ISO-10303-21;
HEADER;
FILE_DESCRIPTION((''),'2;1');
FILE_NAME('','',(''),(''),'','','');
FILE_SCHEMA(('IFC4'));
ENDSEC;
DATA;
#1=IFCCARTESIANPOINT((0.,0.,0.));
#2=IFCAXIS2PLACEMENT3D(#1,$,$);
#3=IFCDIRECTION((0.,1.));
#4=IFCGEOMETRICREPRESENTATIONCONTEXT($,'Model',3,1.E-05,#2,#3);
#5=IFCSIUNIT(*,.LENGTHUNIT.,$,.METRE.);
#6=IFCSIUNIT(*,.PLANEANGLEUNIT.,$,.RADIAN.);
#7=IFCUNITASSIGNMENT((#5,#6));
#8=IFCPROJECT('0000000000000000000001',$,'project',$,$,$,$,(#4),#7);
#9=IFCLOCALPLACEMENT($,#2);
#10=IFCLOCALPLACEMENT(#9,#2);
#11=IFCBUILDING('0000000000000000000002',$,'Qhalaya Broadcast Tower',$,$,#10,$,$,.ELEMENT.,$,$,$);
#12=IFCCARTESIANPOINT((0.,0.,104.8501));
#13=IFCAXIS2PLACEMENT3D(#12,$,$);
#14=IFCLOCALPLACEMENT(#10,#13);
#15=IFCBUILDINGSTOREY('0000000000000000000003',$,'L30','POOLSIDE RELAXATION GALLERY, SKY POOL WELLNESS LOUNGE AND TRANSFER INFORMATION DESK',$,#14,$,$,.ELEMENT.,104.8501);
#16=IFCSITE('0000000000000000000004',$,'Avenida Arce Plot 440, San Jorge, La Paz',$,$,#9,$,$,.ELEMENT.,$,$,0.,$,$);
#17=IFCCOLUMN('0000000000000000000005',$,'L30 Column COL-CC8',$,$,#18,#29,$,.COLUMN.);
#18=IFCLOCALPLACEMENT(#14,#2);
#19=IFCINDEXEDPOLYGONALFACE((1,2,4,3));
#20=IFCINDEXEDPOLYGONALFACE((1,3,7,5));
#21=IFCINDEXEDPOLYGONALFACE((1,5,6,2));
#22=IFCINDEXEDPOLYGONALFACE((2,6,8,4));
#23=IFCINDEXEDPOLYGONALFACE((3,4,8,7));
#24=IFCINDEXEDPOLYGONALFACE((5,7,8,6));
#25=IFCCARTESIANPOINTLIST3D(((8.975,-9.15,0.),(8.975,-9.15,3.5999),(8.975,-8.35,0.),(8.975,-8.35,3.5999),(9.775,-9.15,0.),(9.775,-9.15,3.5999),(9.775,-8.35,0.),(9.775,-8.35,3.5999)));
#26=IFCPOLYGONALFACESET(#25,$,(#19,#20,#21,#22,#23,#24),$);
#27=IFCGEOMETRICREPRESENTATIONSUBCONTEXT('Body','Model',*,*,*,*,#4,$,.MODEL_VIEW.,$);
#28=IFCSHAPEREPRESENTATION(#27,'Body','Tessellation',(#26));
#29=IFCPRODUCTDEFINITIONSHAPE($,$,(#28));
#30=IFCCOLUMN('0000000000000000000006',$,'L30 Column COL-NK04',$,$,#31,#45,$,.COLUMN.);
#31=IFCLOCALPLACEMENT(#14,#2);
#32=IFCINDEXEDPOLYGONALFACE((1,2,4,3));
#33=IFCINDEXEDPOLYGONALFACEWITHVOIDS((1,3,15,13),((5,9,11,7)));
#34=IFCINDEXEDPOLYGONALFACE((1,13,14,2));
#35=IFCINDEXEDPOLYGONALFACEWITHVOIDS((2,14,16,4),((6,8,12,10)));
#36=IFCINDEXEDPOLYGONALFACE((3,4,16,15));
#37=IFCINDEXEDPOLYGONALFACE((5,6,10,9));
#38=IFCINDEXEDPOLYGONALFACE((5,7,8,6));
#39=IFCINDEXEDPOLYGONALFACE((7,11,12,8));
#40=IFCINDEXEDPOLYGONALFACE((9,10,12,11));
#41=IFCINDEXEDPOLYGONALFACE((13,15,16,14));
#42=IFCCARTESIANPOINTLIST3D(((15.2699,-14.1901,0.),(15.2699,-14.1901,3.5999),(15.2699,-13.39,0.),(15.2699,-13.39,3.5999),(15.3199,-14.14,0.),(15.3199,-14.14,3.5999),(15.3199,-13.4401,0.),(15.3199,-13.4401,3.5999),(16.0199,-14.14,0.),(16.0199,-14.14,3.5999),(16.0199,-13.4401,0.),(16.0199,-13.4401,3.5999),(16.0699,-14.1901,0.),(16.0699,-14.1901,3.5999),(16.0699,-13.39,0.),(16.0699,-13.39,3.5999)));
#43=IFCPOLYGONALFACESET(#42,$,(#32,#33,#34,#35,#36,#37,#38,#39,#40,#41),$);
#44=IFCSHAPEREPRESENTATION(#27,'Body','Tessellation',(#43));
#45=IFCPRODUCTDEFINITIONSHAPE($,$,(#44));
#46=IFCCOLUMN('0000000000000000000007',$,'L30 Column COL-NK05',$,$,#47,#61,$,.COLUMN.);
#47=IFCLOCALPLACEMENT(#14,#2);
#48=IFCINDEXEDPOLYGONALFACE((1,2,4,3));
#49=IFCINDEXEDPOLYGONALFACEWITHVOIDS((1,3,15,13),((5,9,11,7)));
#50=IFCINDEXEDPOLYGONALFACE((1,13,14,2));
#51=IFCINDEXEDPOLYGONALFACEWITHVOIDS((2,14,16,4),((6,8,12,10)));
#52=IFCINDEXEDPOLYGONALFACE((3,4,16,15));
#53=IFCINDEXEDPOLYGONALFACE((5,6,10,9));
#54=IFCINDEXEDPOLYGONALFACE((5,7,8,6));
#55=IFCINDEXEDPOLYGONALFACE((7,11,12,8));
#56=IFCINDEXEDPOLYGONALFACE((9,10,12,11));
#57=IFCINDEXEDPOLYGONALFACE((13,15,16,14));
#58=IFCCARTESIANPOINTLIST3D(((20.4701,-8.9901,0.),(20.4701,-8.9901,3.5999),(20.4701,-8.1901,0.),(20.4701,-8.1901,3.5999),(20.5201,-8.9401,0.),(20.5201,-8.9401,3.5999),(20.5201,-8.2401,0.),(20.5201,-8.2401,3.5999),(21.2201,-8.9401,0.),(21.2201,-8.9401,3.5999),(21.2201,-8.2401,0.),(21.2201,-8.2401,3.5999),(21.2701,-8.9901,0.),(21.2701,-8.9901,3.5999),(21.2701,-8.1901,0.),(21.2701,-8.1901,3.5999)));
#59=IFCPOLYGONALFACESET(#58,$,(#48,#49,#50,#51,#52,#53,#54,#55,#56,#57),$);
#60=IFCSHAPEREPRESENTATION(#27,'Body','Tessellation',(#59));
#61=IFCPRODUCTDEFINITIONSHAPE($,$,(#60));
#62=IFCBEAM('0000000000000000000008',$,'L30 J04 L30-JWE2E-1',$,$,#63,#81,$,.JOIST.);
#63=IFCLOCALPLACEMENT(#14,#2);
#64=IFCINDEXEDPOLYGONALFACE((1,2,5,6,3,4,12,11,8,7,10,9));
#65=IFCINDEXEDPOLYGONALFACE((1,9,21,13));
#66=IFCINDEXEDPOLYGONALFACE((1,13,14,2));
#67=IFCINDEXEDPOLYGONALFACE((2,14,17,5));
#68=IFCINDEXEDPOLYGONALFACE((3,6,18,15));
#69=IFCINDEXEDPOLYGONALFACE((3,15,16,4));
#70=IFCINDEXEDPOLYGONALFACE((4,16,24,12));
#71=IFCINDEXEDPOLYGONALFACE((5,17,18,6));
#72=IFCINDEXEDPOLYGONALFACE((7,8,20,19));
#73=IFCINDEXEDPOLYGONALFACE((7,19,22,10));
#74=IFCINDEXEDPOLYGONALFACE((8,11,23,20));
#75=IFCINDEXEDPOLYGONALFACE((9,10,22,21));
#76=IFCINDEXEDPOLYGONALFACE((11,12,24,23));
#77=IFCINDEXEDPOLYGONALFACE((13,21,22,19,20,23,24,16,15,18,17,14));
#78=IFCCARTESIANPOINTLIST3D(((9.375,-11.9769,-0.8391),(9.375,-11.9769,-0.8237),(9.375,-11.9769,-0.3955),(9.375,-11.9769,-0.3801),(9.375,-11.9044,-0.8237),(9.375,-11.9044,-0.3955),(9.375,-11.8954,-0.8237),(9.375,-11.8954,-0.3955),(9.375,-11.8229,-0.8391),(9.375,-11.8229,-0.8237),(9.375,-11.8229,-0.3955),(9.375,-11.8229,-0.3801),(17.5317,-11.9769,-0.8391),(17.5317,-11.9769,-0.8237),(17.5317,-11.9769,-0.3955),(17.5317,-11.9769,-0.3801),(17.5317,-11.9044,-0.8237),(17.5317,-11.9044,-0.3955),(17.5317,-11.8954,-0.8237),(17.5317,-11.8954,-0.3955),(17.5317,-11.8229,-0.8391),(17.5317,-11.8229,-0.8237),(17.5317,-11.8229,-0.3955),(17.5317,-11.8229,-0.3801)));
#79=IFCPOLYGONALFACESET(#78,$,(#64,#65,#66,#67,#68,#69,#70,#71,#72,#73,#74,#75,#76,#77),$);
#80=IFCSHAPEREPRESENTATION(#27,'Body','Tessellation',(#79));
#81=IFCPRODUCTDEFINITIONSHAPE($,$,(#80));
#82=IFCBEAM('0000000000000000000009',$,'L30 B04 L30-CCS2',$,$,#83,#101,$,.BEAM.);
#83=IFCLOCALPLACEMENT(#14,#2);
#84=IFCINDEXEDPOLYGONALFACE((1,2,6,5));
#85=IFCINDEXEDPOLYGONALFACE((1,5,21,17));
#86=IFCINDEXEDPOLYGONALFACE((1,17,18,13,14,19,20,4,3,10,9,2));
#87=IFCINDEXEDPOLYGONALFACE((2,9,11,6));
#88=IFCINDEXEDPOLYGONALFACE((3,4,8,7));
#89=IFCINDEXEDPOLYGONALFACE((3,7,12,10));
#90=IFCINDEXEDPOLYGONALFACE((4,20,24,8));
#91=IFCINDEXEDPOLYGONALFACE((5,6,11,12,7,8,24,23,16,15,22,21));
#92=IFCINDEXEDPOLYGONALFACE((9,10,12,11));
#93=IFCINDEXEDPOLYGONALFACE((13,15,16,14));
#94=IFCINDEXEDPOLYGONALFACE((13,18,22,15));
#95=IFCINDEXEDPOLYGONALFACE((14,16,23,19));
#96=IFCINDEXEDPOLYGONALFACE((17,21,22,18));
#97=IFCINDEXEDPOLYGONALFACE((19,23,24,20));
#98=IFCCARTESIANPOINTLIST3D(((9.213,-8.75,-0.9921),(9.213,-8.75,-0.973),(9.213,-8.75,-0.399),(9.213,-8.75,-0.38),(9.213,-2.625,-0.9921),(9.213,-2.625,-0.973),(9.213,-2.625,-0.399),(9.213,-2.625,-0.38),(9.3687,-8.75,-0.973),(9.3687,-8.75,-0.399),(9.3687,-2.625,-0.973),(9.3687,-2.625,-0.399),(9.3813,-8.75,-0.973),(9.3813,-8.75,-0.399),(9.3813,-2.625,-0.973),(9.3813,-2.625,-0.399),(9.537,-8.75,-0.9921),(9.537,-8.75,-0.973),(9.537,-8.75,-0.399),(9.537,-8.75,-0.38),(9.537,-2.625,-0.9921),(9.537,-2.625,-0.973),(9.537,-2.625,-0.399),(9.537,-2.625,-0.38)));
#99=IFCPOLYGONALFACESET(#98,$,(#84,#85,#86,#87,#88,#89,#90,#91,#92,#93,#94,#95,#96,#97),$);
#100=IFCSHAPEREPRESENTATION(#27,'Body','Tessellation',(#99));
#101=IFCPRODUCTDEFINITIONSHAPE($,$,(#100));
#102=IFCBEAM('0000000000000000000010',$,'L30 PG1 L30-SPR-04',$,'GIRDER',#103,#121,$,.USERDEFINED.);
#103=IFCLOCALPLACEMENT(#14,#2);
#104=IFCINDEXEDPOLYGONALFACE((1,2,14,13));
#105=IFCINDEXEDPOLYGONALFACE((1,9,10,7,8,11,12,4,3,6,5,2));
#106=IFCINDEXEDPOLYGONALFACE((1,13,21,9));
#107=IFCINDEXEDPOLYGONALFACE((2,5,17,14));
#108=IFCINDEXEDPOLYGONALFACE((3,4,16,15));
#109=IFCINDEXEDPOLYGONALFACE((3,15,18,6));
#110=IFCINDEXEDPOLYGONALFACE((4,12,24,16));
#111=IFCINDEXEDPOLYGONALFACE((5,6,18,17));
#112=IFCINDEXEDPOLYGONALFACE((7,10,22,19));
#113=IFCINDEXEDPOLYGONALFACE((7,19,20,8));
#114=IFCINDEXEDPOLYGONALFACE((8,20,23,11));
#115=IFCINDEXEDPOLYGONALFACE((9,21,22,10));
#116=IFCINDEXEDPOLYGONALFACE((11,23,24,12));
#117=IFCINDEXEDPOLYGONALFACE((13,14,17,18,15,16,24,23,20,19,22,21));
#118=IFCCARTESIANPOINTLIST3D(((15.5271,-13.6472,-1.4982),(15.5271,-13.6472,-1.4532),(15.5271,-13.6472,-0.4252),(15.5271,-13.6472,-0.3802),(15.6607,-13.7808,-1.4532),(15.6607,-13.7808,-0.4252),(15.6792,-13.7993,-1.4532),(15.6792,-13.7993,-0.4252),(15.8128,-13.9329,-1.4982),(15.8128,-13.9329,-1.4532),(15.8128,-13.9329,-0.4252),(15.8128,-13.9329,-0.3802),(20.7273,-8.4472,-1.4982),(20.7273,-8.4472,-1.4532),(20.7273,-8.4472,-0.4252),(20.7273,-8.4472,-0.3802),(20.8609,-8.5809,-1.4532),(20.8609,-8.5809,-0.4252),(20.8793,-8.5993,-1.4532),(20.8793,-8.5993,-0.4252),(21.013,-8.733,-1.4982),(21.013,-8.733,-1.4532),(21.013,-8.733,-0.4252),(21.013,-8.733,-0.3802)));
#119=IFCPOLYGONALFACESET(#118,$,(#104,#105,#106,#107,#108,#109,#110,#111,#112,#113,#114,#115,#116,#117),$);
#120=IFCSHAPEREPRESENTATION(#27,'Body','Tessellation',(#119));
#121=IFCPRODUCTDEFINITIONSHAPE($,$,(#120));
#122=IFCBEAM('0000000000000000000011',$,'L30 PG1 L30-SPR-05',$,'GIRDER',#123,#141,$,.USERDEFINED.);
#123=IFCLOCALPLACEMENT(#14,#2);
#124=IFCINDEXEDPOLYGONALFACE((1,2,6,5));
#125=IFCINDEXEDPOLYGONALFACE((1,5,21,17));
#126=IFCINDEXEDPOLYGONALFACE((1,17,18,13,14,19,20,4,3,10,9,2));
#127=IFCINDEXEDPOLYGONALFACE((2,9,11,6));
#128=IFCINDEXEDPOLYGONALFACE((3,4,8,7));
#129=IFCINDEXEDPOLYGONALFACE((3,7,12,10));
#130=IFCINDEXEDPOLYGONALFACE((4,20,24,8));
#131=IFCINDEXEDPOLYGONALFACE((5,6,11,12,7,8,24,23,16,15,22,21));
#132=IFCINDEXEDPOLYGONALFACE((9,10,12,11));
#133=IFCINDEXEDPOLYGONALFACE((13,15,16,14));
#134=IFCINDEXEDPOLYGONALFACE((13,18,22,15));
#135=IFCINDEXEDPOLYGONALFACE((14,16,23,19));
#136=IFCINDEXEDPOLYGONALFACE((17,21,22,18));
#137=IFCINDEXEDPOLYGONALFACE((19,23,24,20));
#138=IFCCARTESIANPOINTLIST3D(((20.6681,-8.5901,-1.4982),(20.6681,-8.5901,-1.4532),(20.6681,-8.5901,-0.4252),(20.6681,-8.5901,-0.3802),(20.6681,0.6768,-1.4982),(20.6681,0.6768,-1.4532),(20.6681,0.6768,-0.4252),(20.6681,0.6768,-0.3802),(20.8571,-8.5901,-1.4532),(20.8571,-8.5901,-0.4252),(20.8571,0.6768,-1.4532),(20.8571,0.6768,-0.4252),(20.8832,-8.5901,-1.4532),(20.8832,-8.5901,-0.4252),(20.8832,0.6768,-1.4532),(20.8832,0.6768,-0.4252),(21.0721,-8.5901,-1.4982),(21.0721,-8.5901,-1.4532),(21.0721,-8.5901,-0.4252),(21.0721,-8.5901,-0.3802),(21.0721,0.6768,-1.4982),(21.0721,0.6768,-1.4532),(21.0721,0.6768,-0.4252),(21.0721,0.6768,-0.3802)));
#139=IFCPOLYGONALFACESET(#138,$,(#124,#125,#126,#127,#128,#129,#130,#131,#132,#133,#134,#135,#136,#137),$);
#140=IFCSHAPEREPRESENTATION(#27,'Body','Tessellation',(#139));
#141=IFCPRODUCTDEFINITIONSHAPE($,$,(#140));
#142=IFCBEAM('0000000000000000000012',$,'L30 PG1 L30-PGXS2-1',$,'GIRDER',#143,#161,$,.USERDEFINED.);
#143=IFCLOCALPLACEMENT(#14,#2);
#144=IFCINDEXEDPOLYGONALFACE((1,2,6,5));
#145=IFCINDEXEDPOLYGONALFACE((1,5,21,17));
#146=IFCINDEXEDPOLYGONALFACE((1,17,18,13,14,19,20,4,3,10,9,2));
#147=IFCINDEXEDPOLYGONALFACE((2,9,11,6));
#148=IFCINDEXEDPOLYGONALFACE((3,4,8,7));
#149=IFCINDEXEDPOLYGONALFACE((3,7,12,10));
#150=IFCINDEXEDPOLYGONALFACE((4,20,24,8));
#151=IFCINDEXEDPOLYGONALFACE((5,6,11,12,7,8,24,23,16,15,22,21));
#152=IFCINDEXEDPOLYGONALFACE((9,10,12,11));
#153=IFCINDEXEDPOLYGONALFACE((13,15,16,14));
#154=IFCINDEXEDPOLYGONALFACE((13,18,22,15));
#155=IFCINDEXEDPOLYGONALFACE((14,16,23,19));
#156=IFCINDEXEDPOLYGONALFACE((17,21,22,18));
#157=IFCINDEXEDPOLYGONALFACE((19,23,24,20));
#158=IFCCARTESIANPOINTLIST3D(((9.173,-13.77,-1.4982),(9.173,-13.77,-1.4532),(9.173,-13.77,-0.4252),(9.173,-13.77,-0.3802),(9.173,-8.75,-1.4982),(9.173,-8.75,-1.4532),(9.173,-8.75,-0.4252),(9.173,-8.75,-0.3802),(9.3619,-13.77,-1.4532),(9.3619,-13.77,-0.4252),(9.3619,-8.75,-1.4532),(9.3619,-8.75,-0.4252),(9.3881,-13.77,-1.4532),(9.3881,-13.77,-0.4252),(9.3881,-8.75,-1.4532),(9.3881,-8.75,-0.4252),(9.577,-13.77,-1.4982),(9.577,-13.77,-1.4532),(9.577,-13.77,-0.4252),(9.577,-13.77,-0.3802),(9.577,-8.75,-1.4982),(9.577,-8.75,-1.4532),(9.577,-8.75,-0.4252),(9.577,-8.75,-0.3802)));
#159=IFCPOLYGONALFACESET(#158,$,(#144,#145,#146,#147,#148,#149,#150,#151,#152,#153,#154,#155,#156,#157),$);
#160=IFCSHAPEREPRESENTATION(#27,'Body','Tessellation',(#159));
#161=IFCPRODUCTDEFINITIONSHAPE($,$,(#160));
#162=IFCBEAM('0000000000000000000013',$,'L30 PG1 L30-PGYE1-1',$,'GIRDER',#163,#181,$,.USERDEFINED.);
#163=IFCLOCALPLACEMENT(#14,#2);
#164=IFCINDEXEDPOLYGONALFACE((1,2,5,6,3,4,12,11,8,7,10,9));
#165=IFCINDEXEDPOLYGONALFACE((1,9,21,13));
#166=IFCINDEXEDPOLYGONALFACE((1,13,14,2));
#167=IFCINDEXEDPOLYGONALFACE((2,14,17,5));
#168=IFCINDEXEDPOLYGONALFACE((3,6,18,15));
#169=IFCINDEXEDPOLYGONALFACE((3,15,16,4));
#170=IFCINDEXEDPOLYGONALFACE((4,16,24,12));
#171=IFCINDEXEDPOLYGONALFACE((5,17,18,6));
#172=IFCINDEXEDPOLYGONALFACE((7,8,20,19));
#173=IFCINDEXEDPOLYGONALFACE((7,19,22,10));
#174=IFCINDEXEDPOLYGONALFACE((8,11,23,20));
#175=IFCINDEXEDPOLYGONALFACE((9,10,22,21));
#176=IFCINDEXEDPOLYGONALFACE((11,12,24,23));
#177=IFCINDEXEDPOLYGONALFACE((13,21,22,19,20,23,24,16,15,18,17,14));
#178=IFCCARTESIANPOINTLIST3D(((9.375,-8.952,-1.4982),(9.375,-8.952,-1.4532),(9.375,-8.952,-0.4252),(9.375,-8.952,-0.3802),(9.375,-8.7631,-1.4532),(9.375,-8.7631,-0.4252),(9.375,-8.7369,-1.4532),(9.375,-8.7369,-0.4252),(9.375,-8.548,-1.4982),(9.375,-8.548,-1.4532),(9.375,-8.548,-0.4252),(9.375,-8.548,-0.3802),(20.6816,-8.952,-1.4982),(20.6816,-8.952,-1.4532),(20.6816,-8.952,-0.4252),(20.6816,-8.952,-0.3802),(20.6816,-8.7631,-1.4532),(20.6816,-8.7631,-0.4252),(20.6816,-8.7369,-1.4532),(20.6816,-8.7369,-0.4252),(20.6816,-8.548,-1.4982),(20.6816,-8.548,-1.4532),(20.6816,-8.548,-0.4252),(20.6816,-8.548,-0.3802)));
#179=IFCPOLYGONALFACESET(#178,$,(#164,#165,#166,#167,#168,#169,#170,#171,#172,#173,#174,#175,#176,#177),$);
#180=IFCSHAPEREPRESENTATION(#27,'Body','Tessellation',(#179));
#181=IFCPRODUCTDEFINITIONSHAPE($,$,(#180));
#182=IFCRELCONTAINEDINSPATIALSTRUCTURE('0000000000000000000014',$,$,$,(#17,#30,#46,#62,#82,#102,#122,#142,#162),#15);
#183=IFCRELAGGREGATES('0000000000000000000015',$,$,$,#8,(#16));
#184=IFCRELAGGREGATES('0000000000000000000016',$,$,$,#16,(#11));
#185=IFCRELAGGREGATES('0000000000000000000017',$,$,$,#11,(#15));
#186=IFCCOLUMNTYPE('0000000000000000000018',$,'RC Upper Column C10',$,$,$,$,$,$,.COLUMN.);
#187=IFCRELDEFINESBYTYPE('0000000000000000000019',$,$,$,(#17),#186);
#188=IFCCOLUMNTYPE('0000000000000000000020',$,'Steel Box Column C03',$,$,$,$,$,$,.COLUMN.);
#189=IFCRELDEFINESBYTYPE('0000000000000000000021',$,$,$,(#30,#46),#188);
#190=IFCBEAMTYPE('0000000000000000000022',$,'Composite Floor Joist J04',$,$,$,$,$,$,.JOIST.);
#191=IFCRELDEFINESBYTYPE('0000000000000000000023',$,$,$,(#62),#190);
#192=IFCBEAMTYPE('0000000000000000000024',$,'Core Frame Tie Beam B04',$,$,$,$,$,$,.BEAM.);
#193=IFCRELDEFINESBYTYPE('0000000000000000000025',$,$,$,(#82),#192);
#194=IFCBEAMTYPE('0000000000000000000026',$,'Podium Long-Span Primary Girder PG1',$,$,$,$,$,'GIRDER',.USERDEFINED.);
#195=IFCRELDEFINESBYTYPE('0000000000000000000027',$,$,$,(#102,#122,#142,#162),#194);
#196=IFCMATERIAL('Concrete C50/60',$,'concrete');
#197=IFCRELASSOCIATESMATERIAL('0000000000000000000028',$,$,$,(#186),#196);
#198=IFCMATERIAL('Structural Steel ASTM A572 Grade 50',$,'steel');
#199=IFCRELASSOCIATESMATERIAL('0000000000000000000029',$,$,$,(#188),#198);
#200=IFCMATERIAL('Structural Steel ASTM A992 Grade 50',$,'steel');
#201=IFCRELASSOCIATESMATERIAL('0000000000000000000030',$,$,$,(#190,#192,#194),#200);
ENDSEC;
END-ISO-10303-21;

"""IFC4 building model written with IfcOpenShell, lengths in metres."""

from ifc_helpers import new_model, si_unit, direction, frame, origin, origin_2d, place, context, subcontext, project, spatial, rectangle, hollow_rectangle, i_section, extrude, material, material_profile, profile_set, type_object, element, save


model = new_model("IFC4")

# Units and contexts
model_context = context("Model", 3, precision=1e-05, world=origin(), true_north=direction((0.0, 1.0)))
body_context = subcontext(model_context, "Body", "Model", "MODEL_VIEW")
ifc_project = project(units=[si_unit("LENGTHUNIT", "METRE"), si_unit("PLANEANGLEUNIT", "RADIAN")], contexts=[model_context])

# Site, building, storey
site_placement = place(None, origin())
site = spatial("IfcSite", under=ifc_project, at=site_placement, Name="Avenida Arce Plot 440, San Jorge, La Paz", CompositionType="ELEMENT", RefElevation=0.0)
building_placement = place(site_placement, origin())
building = spatial("IfcBuilding", under=site, at=building_placement, Name="Qhalaya Broadcast Tower", CompositionType="ELEMENT")
storey_placement = place(building_placement, frame((0.0, 0.0, 104.8501)))
storey = spatial("IfcBuildingStorey", under=building, at=storey_placement, Name="L30", Description="POOLSIDE RELAXATION GALLERY, SKY POOL WELLNESS LOUNGE AND TRANSFER INFORMATION DESK", CompositionType="ELEMENT", Elevation=104.8501)

# Columns
ifc_material_1 = material(Name="Concrete C50/60", Category="concrete")
ifc_material_profile_1 = material_profile(ifc_material_1, rectangle(XDim=0.8, YDim=0.8, at=origin_2d()), Name="RC-COL 800x800")
ifc_profile_set_1 = profile_set([ifc_material_profile_1], Name="Concrete C50/60")
column_type_1 = type_object("IfcColumnType", Name="RC Upper Column C10", PredefinedType="COLUMN", material=ifc_profile_set_1)
column_placement = place(storey_placement, frame((9.375, -8.75, 0.0), z_axis=(0.0, 0.0, 1.0), x_axis=(1.0, 0.0, 0.0)))
element("IfcColumn", 1, at=column_placement, inside=storey, type_object=column_type_1, Name="L30 Column COL-CC8", PredefinedType="COLUMN", context=body_context, shape_type="SweptSolid", body=[
    extrude(rectangle(XDim=0.8, YDim=0.8, at=origin_2d()), origin(), (0.0, 0.0, 1.0), 3.5999),
])
ifc_material_2 = material(Name="Structural Steel ASTM A572 Grade 50", Category="steel")
ifc_material_profile_2 = material_profile(ifc_material_2, hollow_rectangle(XDim=0.8, YDim=0.8, WallThickness=0.05, at=origin_2d()), Name="BOX 800x800x50")
ifc_profile_set_2 = profile_set([ifc_material_profile_2], Name="Structural Steel ASTM A572 Grade 50")
column_type_2 = type_object("IfcColumnType", Name="Steel Box Column C03", PredefinedType="COLUMN", material=ifc_profile_set_2)
for number, where, z_axis, x_axis, name in (
    (2, (15.6699, -13.79, 0.0), (0.0, 0.0, 1.0), (1.0, 0.0, 0.0), "L30 Column COL-NK04"),
    (3, (20.8701, -8.5901, 0.0), (0.0, 0.0, 1.0), (0.0, 1.0, 0.0), "L30 Column COL-NK05"),
):
    element("IfcColumn", number, at=place(storey_placement, frame(where, z_axis=z_axis, x_axis=x_axis)), inside=storey, type_object=column_type_2, Name=name, PredefinedType="COLUMN", context=body_context, shape_type="SweptSolid", body=[
        extrude(hollow_rectangle(XDim=0.8, YDim=0.8, WallThickness=0.05, at=origin_2d()), origin(), (0.0, 0.0, 1.0), 3.5999),
    ])

# Beams
ifc_material_3 = material(Name="Structural Steel ASTM A992 Grade 50", Category="steel")
ifc_material_profile_3 = material_profile(ifc_material_3, i_section(OverallWidth=0.1541, OverallDepth=0.459, WebThickness=0.009, FlangeThickness=0.0154, at=origin_2d()), Name="W18X46")
ifc_profile_set_3 = profile_set([ifc_material_profile_3], Name="Structural Steel ASTM A992 Grade 50")
beam_type_1 = type_object("IfcBeamType", Name="Composite Floor Joist J04", PredefinedType="JOIST", material=ifc_profile_set_3)
beam_1_placement = place(storey_placement, frame((9.375, -11.8999, -0.6096), z_axis=(1.0, 0.0, 0.0), x_axis=(0.0, 1.0, 0.0)))
element("IfcBeam", 4, at=beam_1_placement, inside=storey, type_object=beam_type_1, Name="L30 J04 L30-JWE2E-1", PredefinedType="JOIST", context=body_context, shape_type="SweptSolid", body=[
    extrude(i_section(OverallWidth=0.1541, OverallDepth=0.459, WebThickness=0.009, FlangeThickness=0.0154, at=origin_2d()), origin(), (0.0, 0.0, 1.0), 8.1567),
])
ifc_material_profile_4 = material_profile(ifc_material_3, i_section(OverallWidth=0.324, OverallDepth=0.6121, WebThickness=0.0127, FlangeThickness=0.019, at=origin_2d()), Name="W24X104")
ifc_profile_set_4 = profile_set([ifc_material_profile_4], Name="Structural Steel ASTM A992 Grade 50")
beam_type_2 = type_object("IfcBeamType", Name="Core Frame Tie Beam B04", PredefinedType="BEAM", material=ifc_profile_set_4)
beam_2_placement = place(storey_placement, frame((9.375, -8.75, -0.686), z_axis=(0.0, 1.0, 0.0), x_axis=(-1.0, 0.0, 0.0)))
element("IfcBeam", 5, at=beam_2_placement, inside=storey, type_object=beam_type_2, Name="L30 B04 L30-CCS2", PredefinedType="BEAM", context=body_context, shape_type="SweptSolid", body=[
    extrude(i_section(OverallWidth=0.324, OverallDepth=0.6121, WebThickness=0.0127, FlangeThickness=0.019, at=origin_2d()), origin(), (0.0, 0.0, 1.0), 6.125),
])
ifc_material_profile_5 = material_profile(ifc_material_3, i_section(OverallWidth=0.4041, OverallDepth=1.1179, WebThickness=0.0261, FlangeThickness=0.0449, at=origin_2d()), Name="W44X335")
ifc_profile_set_5 = profile_set([ifc_material_profile_5], Name="Structural Steel ASTM A992 Grade 50")
beam_type_3 = type_object("IfcBeamType", Name="Podium Long-Span Primary Girder PG1", ElementType="GIRDER", PredefinedType="USERDEFINED", material=ifc_profile_set_5)
beam_3_placement = place(storey_placement, frame((15.6699, -13.79, -0.9392), z_axis=(0.707123, 0.70709, 0.0), x_axis=(-0.70709, 0.707123, 0.0)))
element("IfcBeam", 6, at=beam_3_placement, inside=storey, type_object=beam_type_3, Name="L30 PG1 L30-SPR-04", ObjectType="GIRDER", PredefinedType="USERDEFINED", context=body_context, shape_type="SweptSolid", body=[
    extrude(i_section(OverallWidth=0.4041, OverallDepth=1.1179, WebThickness=0.0261, FlangeThickness=0.0449, at=origin_2d()), origin(), (0.0, 0.0, 1.0), 7.354),
])
beam_4_placement = place(storey_placement, frame((20.8701, -8.5901, -0.9392), z_axis=(0.0, 1.0, 0.0), x_axis=(-1.0, 0.0, 0.0)))
element("IfcBeam", 7, at=beam_4_placement, inside=storey, type_object=beam_type_3, Name="L30 PG1 L30-SPR-05", ObjectType="GIRDER", PredefinedType="USERDEFINED", context=body_context, shape_type="SweptSolid", body=[
    extrude(i_section(OverallWidth=0.4041, OverallDepth=1.1179, WebThickness=0.0261, FlangeThickness=0.0449, at=origin_2d()), origin(), (0.0, 0.0, 1.0), 9.2668),
])
beam_5_placement = place(storey_placement, frame((9.375, -13.77, -0.9392), z_axis=(0.0, 1.0, 0.0), x_axis=(-1.0, 0.0, 0.0)))
element("IfcBeam", 8, at=beam_5_placement, inside=storey, type_object=beam_type_3, Name="L30 PG1 L30-PGXS2-1", ObjectType="GIRDER", PredefinedType="USERDEFINED", context=body_context, shape_type="SweptSolid", body=[
    extrude(i_section(OverallWidth=0.4041, OverallDepth=1.1179, WebThickness=0.0261, FlangeThickness=0.0449, at=origin_2d()), origin(), (0.0, 0.0, 1.0), 5.02),
])
beam_6_placement = place(storey_placement, frame((9.375, -8.75, -0.9392), z_axis=(1.0, 0.0, 0.0), x_axis=(0.0, 1.0, 0.0)))
element("IfcBeam", 9, at=beam_6_placement, inside=storey, type_object=beam_type_3, Name="L30 PG1 L30-PGYE1-1", ObjectType="GIRDER", PredefinedType="USERDEFINED", context=body_context, shape_type="SweptSolid", body=[
    extrude(i_section(OverallWidth=0.4041, OverallDepth=1.1179, WebThickness=0.0261, FlangeThickness=0.0449, at=origin_2d()), origin(), (0.0, 0.0, 1.0), 11.3066),
])

save(model, "model.ifc")
